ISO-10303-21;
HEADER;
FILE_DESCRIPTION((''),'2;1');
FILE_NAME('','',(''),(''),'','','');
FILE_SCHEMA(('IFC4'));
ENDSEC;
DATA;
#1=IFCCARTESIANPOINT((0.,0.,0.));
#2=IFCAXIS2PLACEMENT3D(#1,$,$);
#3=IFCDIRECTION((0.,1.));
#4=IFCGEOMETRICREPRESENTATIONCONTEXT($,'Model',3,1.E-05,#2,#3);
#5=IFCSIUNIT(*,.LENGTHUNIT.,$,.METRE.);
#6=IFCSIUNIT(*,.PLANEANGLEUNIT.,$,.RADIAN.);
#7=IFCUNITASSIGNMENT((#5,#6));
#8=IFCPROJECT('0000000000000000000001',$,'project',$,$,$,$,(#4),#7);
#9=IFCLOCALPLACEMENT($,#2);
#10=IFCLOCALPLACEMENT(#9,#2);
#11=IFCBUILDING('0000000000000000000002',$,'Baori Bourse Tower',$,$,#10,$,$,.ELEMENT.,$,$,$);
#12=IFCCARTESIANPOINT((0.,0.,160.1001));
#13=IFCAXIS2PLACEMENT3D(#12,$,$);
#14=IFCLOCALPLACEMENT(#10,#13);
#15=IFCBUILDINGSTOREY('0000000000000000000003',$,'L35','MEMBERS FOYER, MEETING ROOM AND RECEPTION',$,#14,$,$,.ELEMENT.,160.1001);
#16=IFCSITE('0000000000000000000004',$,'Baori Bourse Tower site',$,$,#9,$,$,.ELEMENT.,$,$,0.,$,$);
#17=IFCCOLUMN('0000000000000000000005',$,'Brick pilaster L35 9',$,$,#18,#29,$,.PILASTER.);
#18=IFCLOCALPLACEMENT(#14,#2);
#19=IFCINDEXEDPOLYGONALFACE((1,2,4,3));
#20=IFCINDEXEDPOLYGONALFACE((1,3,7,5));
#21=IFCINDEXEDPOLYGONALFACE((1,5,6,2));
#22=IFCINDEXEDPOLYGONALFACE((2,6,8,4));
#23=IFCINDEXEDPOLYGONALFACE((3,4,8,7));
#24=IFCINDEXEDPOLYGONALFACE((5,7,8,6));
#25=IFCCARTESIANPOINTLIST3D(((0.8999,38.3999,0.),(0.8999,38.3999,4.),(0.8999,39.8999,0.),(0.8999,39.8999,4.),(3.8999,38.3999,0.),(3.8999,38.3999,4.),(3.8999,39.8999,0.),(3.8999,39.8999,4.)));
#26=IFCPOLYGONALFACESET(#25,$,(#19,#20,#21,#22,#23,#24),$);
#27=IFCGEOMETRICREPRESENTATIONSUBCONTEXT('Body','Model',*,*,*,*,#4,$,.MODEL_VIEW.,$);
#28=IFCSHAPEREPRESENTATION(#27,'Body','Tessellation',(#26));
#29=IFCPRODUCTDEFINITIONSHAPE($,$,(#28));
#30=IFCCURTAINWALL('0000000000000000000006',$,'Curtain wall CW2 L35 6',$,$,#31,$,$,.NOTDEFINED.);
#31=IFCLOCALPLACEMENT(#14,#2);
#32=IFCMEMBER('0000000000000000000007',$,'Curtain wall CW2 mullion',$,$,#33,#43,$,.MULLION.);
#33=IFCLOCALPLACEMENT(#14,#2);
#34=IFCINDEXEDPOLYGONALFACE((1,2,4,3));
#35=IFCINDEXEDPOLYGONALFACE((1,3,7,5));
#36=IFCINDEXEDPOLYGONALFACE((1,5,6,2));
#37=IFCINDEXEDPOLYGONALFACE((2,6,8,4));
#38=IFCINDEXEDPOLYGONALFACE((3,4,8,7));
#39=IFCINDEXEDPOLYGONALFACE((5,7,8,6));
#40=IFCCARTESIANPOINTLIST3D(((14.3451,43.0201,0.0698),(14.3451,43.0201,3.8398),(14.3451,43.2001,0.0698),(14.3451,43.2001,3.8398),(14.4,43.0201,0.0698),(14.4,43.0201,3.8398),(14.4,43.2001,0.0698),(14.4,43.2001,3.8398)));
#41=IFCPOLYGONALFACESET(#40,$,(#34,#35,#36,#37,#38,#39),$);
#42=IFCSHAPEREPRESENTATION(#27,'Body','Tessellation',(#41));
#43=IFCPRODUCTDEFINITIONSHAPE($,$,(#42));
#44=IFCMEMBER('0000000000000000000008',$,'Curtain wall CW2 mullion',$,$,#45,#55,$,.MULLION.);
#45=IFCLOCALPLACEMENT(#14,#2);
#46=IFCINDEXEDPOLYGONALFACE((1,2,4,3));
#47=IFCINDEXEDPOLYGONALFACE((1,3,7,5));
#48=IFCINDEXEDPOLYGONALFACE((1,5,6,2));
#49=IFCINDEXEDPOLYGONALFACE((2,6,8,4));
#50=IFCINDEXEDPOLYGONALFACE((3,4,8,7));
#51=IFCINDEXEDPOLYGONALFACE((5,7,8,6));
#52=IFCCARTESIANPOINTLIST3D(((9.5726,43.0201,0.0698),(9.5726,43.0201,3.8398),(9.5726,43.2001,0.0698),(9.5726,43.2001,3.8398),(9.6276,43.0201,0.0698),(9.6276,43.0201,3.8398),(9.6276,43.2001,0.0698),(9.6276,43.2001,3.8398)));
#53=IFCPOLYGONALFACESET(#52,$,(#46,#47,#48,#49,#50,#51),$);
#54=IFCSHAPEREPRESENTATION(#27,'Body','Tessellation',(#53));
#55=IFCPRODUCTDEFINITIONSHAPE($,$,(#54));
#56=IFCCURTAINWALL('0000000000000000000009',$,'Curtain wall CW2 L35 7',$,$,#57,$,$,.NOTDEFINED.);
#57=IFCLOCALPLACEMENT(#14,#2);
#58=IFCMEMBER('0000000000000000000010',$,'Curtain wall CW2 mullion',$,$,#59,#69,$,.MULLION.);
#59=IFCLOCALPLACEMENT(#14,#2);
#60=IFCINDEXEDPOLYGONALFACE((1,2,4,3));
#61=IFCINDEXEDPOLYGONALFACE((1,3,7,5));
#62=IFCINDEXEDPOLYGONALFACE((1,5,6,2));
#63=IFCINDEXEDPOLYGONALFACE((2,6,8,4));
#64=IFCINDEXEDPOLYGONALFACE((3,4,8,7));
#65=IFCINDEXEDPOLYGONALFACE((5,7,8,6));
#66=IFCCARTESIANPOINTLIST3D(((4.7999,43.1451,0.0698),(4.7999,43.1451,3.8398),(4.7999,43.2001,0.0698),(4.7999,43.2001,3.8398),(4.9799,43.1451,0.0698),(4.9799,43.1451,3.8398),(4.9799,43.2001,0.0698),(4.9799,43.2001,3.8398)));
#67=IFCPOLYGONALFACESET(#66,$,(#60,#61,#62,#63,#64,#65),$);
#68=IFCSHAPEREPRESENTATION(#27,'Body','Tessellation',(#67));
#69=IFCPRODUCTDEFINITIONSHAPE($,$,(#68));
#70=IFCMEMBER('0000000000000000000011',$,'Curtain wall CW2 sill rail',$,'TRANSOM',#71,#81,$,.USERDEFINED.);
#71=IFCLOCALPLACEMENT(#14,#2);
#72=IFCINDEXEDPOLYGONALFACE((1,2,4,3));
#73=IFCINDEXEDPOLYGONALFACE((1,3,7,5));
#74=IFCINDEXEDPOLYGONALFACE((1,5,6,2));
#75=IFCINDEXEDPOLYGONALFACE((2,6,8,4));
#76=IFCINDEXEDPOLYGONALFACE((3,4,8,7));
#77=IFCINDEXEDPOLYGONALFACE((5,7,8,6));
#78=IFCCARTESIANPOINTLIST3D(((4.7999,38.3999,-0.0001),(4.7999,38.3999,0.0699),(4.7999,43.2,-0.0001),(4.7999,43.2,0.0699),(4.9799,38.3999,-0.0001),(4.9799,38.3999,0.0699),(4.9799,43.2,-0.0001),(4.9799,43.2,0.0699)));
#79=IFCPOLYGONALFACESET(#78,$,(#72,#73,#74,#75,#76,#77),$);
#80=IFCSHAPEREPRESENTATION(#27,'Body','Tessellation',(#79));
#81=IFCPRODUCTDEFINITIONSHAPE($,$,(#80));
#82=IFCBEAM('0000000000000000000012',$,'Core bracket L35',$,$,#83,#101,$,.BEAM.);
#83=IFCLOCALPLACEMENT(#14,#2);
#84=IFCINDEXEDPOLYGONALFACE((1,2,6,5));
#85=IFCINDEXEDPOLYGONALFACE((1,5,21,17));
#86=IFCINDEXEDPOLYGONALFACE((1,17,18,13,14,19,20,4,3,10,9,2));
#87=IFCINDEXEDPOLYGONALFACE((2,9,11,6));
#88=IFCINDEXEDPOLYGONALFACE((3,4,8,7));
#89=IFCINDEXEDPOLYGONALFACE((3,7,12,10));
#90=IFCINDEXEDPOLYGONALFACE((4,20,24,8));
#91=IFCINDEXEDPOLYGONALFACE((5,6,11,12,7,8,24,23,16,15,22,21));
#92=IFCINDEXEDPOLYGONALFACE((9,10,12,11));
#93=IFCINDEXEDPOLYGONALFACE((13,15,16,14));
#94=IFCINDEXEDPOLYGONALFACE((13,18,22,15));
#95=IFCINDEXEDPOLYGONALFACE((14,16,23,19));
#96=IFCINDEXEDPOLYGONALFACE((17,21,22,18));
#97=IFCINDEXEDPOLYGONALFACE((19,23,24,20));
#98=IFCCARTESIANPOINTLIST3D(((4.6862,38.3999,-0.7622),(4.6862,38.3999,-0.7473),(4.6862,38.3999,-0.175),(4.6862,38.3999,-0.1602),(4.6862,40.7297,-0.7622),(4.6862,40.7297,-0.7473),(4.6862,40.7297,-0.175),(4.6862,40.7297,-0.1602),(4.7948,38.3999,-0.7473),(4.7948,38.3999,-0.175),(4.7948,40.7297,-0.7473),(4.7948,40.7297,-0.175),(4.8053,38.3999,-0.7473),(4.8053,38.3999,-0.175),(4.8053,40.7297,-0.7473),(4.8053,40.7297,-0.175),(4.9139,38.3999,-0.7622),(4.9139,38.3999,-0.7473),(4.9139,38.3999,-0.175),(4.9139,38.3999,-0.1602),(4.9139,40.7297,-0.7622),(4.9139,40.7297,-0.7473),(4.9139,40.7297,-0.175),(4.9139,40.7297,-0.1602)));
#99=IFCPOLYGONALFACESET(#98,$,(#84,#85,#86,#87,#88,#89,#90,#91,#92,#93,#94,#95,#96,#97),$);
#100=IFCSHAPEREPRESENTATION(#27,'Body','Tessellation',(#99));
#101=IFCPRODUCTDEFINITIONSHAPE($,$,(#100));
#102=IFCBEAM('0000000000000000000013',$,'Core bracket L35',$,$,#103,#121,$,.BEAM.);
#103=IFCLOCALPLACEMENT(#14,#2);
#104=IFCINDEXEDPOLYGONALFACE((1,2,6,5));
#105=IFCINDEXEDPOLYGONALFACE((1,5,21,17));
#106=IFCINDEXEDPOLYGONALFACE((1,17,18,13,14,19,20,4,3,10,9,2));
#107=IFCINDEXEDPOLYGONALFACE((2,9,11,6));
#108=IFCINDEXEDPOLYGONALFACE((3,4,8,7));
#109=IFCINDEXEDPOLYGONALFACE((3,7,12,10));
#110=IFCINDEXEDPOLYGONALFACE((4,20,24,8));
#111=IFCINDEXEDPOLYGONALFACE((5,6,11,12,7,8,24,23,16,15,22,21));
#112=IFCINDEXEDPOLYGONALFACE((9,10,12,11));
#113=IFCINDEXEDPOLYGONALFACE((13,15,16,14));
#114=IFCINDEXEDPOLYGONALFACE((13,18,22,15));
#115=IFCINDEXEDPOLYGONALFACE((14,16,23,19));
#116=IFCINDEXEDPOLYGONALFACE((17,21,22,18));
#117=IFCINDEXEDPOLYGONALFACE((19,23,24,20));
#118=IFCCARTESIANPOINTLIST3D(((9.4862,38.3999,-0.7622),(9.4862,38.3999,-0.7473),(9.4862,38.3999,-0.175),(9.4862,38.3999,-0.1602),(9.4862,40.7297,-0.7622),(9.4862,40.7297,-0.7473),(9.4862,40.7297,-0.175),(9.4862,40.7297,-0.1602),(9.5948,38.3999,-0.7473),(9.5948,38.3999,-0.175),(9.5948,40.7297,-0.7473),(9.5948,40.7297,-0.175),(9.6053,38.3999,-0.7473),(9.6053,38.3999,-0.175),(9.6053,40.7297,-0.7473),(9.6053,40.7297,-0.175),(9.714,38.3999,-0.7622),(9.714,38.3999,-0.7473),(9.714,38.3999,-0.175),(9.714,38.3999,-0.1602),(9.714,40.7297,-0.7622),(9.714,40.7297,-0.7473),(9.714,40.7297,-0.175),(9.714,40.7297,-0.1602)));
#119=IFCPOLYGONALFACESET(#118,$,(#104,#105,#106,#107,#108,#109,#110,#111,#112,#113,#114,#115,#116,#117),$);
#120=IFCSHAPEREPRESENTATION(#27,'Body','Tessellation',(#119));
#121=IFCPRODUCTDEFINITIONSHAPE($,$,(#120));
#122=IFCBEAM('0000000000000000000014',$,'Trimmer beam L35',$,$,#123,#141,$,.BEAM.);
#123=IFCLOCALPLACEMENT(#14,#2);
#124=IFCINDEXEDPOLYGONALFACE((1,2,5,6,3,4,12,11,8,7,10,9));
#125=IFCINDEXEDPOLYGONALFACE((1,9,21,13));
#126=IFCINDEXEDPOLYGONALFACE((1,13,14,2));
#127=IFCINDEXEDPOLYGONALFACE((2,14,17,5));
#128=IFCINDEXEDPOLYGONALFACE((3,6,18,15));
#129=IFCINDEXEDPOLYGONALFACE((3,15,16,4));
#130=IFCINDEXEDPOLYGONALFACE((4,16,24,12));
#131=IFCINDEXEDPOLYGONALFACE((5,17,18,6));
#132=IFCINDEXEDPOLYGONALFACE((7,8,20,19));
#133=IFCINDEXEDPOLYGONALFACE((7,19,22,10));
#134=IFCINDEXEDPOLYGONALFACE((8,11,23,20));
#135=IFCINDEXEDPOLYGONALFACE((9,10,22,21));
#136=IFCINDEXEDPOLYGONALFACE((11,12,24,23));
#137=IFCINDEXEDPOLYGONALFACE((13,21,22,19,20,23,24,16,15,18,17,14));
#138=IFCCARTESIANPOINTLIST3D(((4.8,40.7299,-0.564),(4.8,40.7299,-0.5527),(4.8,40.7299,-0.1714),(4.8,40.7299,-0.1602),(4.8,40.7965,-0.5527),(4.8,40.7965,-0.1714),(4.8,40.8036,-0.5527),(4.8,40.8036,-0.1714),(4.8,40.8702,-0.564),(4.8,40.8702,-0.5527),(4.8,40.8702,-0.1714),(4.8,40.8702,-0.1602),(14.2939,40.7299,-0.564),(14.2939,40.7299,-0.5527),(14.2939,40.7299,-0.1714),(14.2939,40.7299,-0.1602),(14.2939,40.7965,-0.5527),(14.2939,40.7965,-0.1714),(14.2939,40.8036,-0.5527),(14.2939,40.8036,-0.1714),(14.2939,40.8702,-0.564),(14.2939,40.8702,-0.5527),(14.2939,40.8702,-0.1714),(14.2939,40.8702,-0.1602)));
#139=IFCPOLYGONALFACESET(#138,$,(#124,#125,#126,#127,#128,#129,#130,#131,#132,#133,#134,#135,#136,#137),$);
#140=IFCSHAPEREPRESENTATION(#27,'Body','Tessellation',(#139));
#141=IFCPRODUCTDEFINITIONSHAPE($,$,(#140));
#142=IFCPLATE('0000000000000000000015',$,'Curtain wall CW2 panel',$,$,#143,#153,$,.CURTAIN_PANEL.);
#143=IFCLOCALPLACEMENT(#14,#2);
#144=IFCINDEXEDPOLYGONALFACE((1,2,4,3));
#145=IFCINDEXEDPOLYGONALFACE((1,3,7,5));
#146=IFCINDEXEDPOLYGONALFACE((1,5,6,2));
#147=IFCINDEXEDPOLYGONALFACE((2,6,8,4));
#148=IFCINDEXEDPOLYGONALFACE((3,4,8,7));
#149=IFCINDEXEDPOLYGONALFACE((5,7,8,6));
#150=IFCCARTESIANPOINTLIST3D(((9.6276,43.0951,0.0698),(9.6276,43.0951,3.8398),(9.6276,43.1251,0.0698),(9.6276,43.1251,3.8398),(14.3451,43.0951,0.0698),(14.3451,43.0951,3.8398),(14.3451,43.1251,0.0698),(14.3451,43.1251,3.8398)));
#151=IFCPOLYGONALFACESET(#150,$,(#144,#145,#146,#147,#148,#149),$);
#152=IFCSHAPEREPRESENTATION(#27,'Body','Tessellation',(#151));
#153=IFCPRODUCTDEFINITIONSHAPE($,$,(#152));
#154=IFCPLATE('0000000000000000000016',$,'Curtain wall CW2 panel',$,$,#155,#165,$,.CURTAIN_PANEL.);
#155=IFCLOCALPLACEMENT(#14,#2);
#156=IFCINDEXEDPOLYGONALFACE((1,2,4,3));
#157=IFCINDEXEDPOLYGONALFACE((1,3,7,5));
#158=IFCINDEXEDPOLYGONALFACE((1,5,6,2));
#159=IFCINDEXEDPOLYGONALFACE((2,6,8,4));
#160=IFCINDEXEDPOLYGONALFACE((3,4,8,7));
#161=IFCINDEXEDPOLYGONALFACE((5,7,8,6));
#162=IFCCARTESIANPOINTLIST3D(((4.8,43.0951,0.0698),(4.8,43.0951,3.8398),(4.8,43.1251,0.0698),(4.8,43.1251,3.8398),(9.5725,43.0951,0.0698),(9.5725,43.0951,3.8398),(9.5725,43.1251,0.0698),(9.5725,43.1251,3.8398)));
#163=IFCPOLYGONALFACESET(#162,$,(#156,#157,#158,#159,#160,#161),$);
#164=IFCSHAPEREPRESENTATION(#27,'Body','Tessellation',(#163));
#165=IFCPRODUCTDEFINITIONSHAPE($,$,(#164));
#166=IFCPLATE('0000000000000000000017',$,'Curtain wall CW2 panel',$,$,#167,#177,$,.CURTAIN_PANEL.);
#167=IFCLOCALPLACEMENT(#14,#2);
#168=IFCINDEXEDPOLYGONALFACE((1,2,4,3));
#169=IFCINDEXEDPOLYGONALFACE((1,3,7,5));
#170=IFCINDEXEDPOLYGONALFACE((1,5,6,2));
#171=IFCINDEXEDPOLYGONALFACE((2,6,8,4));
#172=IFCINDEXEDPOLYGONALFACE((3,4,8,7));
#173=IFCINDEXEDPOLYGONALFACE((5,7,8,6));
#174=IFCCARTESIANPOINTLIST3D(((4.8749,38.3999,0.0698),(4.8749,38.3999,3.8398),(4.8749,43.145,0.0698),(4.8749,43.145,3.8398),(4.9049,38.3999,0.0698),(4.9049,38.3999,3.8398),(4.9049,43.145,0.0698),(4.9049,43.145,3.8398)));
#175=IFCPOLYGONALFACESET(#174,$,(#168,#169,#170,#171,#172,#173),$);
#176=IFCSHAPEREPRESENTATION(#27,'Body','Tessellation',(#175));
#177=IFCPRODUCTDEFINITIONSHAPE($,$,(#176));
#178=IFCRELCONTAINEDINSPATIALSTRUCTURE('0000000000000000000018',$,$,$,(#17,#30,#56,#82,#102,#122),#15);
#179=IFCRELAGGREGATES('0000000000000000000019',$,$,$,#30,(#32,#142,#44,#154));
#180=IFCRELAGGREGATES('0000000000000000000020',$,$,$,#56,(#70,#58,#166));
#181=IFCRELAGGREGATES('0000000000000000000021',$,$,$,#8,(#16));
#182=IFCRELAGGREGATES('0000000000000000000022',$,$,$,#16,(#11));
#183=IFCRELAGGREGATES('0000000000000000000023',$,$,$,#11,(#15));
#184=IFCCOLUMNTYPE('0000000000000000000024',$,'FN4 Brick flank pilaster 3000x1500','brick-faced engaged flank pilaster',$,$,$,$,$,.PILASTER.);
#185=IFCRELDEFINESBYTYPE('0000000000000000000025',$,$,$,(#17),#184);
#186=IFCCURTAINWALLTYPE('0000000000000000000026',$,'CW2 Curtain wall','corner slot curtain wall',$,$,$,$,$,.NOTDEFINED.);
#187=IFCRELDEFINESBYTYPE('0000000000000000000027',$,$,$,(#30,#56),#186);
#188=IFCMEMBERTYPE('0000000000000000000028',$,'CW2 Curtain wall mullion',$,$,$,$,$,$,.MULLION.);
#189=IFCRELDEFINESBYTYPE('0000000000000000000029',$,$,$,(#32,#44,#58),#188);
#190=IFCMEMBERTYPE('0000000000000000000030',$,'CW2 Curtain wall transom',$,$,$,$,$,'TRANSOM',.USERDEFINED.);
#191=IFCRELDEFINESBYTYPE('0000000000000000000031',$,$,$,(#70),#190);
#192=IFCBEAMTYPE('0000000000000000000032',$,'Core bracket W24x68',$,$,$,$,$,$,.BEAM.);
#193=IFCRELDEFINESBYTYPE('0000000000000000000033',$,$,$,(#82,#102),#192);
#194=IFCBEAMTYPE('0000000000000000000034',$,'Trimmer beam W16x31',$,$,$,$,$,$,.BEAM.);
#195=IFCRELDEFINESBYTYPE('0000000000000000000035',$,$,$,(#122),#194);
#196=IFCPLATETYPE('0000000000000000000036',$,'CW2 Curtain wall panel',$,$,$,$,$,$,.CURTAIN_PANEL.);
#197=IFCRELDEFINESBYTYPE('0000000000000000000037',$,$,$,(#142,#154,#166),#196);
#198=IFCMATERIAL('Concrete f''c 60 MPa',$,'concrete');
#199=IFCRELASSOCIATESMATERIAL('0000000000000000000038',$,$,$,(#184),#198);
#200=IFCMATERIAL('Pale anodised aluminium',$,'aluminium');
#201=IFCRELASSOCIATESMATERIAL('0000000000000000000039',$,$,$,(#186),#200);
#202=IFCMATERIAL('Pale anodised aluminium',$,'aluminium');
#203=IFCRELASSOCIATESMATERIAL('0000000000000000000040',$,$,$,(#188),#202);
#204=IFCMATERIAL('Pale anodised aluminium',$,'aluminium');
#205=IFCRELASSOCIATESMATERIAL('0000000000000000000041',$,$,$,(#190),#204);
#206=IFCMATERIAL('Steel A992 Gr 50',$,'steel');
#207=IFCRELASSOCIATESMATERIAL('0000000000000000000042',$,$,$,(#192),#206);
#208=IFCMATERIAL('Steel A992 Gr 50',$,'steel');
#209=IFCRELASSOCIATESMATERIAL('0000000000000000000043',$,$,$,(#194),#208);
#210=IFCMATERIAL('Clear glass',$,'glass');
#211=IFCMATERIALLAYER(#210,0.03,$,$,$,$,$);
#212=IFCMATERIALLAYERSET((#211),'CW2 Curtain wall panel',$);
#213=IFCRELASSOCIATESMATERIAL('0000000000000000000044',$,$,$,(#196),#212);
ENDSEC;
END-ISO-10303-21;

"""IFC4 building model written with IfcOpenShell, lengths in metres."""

from ifc_helpers import new_model, si_unit, direction, frame, origin, origin_2d, place, context, subcontext, project, spatial, rectangle, i_section, extrude, material, layer, layer_set, material_profile, profile_set, type_object, element, aggregate, save


model = new_model("IFC4")

# Units and contexts
model_context = context("Model", 3, precision=1e-05, world=origin(), true_north=direction((0.0, 1.0)))
body_context = subcontext(model_context, "Body", "Model", "MODEL_VIEW")
ifc_project = project(units=[si_unit("LENGTHUNIT", "METRE"), si_unit("PLANEANGLEUNIT", "RADIAN")], contexts=[model_context])

# Site, building, storey
site_placement = place(None, origin())
site = spatial("IfcSite", under=ifc_project, at=site_placement, Name="Baori Bourse Tower site", CompositionType="ELEMENT", RefElevation=0.0)
building_placement = place(site_placement, origin())
building = spatial("IfcBuilding", under=site, at=building_placement, Name="Baori Bourse Tower", CompositionType="ELEMENT")
storey_placement = place(building_placement, frame((0.0, 0.0, 160.1001)))
storey = spatial("IfcBuildingStorey", under=building, at=storey_placement, Name="L35", Description="MEMBERS FOYER, MEETING ROOM AND RECEPTION", CompositionType="ELEMENT", Elevation=160.1001)

# Column
ifc_material_1 = material(Name="Concrete f'c 60 MPa", Category="concrete")
ifc_material_profile_1 = material_profile(ifc_material_1, rectangle(XDim=3.0, YDim=1.5, at=origin_2d()), Name="RC 3000x1500")
ifc_profile_set_1 = profile_set([ifc_material_profile_1], Name="Concrete f'c 60 MPa")
column_type = type_object("IfcColumnType", Name="FN4 Brick flank pilaster 3000x1500", Description="brick-faced engaged flank pilaster", PredefinedType="PILASTER", material=ifc_profile_set_1)
column_placement = place(storey_placement, frame((2.3999, 39.1499, 0.0), z_axis=(0.0, 0.0, 1.0), x_axis=(1.0, 0.0, 0.0)))
element("IfcColumn", 1, at=column_placement, inside=storey, type_object=column_type, Name="Brick pilaster L35 9", PredefinedType="PILASTER", context=body_context, shape_type="SweptSolid", body=[
    extrude(rectangle(XDim=3.0, YDim=1.5, at=origin_2d()), origin(), (0.0, 0.0, 1.0), 4.0),
])

# Curtain walls, members
ifc_material_2 = material(Name="Pale anodised aluminium", Category="aluminium")
curtain_wall_type = type_object("IfcCurtainWallType", Name="CW2 Curtain wall", Description="corner slot curtain wall", PredefinedType="NOTDEFINED", material=ifc_material_2)
curtain_wall_1_placement = place(storey_placement, origin())
curtain_wall_1 = element("IfcCurtainWall", 2, at=curtain_wall_1_placement, inside=storey, type_object=curtain_wall_type, Name="Curtain wall CW2 L35 6", PredefinedType="NOTDEFINED")
ifc_material_3 = material(Name="Pale anodised aluminium", Category="aluminium")
ifc_material_profile_2 = material_profile(ifc_material_3, rectangle(XDim=0.1799, YDim=0.0549, at=origin_2d()), Name="Mullion 55x180")
ifc_profile_set_2 = profile_set([ifc_material_profile_2], Name="Pale anodised aluminium")
member_type_1 = type_object("IfcMemberType", Name="CW2 Curtain wall mullion", PredefinedType="MULLION", material=ifc_profile_set_2)
member_1_placement = place(storey_placement, frame((14.3726, 43.1101, 0.0698), z_axis=(0.0, 0.0, 1.0), x_axis=(0.0, -1.0, 0.0)))
member_1 = element("IfcMember", 3, at=member_1_placement, type_object=member_type_1, Name="Curtain wall CW2 mullion", PredefinedType="MULLION", context=body_context, shape_type="SweptSolid", body=[
    extrude(rectangle(XDim=0.1799, YDim=0.0549, at=origin_2d()), origin(), (0.0, 0.0, 1.0), 3.77),
])
member_2_placement = place(storey_placement, frame((9.6001, 43.1101, 0.0698), z_axis=(0.0, 0.0, 1.0), x_axis=(0.0, -1.0, 0.0)))
member_2 = element("IfcMember", 4, at=member_2_placement, type_object=member_type_1, Name="Curtain wall CW2 mullion", PredefinedType="MULLION", context=body_context, shape_type="SweptSolid", body=[
    extrude(rectangle(XDim=0.1799, YDim=0.0549, at=origin_2d()), origin(), (0.0, 0.0, 1.0), 3.77),
])
curtain_wall_2_placement = place(storey_placement, origin())
curtain_wall_2 = element("IfcCurtainWall", 5, at=curtain_wall_2_placement, inside=storey, type_object=curtain_wall_type, Name="Curtain wall CW2 L35 7", PredefinedType="NOTDEFINED")
member_3_placement = place(storey_placement, frame((4.8899, 43.1726, 0.0698), z_axis=(0.0, 0.0, 1.0), x_axis=(1.0, 0.0, 0.0)))
member_3 = element("IfcMember", 6, at=member_3_placement, type_object=member_type_1, Name="Curtain wall CW2 mullion", PredefinedType="MULLION", context=body_context, shape_type="SweptSolid", body=[
    extrude(rectangle(XDim=0.1799, YDim=0.0549, at=origin_2d()), origin(), (0.0, 0.0, 1.0), 3.77),
])
ifc_material_4 = material(Name="Pale anodised aluminium", Category="aluminium")
ifc_material_profile_3 = material_profile(ifc_material_4, rectangle(XDim=0.1799, YDim=0.0701, at=origin_2d()), Name="Transom 70x180")
ifc_profile_set_3 = profile_set([ifc_material_profile_3], Name="Pale anodised aluminium")
member_type_2 = type_object("IfcMemberType", Name="CW2 Curtain wall transom", ElementType="TRANSOM", PredefinedType="USERDEFINED", material=ifc_profile_set_3)
member_4_placement = place(storey_placement, frame((4.8899, 43.2, 0.0349), z_axis=(0.0, -1.0, 0.0), x_axis=(1.0, 0.0, 0.0)))
member_4 = element("IfcMember", 7, at=member_4_placement, type_object=member_type_2, Name="Curtain wall CW2 sill rail", ObjectType="TRANSOM", PredefinedType="USERDEFINED", context=body_context, shape_type="SweptSolid", body=[
    extrude(rectangle(XDim=0.1799, YDim=0.0701, at=origin_2d()), origin(), (0.0, 0.0, 1.0), 4.8),
])

# Beams
ifc_material_5 = material(Name="Steel A992 Gr 50", Category="steel")
ifc_material_profile_4 = material_profile(ifc_material_5, i_section(OverallWidth=0.2278, OverallDepth=0.6021, WebThickness=0.0105, FlangeThickness=0.0149, at=origin_2d()), Name="W24x68")
ifc_profile_set_4 = profile_set([ifc_material_profile_4], Name="Steel A992 Gr 50")
beam_type_1 = type_object("IfcBeamType", Name="Core bracket W24x68", PredefinedType="BEAM", material=ifc_profile_set_4)
for number, where, z_axis, x_axis, name in (
    (8, (4.8, 38.3999, -0.4612), (0.0, 1.0, 0.0), (-1.0, 0.0, 0.0), "Core bracket L35"),
    (9, (9.6001, 38.3999, -0.4612), (0.0, 1.0, 0.0), (-1.0, 0.0, 0.0), "Core bracket L35"),
):
    element("IfcBeam", number, at=place(storey_placement, frame(where, z_axis=z_axis, x_axis=x_axis)), inside=storey, type_object=beam_type_1, Name=name, PredefinedType="BEAM", context=body_context, shape_type="SweptSolid", body=[
        extrude(i_section(OverallWidth=0.2278, OverallDepth=0.6021, WebThickness=0.0105, FlangeThickness=0.0149, at=origin_2d()), origin(), (0.0, 0.0, 1.0), 2.3298),
    ])
ifc_material_6 = material(Name="Steel A992 Gr 50", Category="steel")
ifc_material_profile_5 = material_profile(ifc_material_6, i_section(OverallWidth=0.1404, OverallDepth=0.4038, WebThickness=0.0071, FlangeThickness=0.0112, at=origin_2d()), Name="W16x31")
ifc_profile_set_5 = profile_set([ifc_material_profile_5], Name="Steel A992 Gr 50")
beam_type_2 = type_object("IfcBeamType", Name="Trimmer beam W16x31", PredefinedType="BEAM", material=ifc_profile_set_5)
beam_placement = place(storey_placement, frame((4.8, 40.8, -0.3621), z_axis=(1.0, 0.0, 0.0), x_axis=(0.0, 1.0, 0.0)))
element("IfcBeam", 10, at=beam_placement, inside=storey, type_object=beam_type_2, Name="Trimmer beam L35", PredefinedType="BEAM", context=body_context, shape_type="SweptSolid", body=[
    extrude(i_section(OverallWidth=0.1404, OverallDepth=0.4038, WebThickness=0.0071, FlangeThickness=0.0112, at=origin_2d()), origin(), (0.0, 0.0, 1.0), 9.4939),
])

# Plates
ifc_material_7 = material(Name="Clear glass", Category="glass")
ifc_layer_1 = layer(ifc_material_7, 0.03)
ifc_layer_set_1 = layer_set([ifc_layer_1], Name="CW2 Curtain wall panel")
plate_type = type_object("IfcPlateType", Name="CW2 Curtain wall panel", PredefinedType="CURTAIN_PANEL", material=ifc_layer_set_1)
plate_1_placement = place(storey_placement, frame((11.9863, 43.1101, 0.0698), z_axis=(0.0, 0.0, 1.0), x_axis=(-1.0, 0.0, 0.0)))
plate_1 = element("IfcPlate", 11, at=plate_1_placement, type_object=plate_type, Name="Curtain wall CW2 panel", PredefinedType="CURTAIN_PANEL", context=body_context, shape_type="SweptSolid", body=[
    extrude(rectangle(XDim=4.7175, YDim=0.03, at=origin_2d()), origin(), (0.0, 0.0, 1.0), 3.77),
])
plate_2_placement = place(storey_placement, frame((7.1863, 43.1101, 0.0698), z_axis=(0.0, 0.0, 1.0), x_axis=(-1.0, 0.0, 0.0)))
plate_2 = element("IfcPlate", 12, at=plate_2_placement, type_object=plate_type, Name="Curtain wall CW2 panel", PredefinedType="CURTAIN_PANEL", context=body_context, shape_type="SweptSolid", body=[
    extrude(rectangle(XDim=4.7725, YDim=0.03, at=origin_2d()), origin(), (0.0, 0.0, 1.0), 3.77),
])
aggregate(curtain_wall_1, [member_1, plate_1, member_2, plate_2])
plate_3_placement = place(storey_placement, frame((4.8899, 40.7725, 0.0698), z_axis=(0.0, 0.0, 1.0), x_axis=(0.0, -1.0, 0.0)))
plate_3 = element("IfcPlate", 13, at=plate_3_placement, type_object=plate_type, Name="Curtain wall CW2 panel", PredefinedType="CURTAIN_PANEL", context=body_context, shape_type="SweptSolid", body=[
    extrude(rectangle(XDim=4.7451, YDim=0.03, at=origin_2d()), origin(), (0.0, 0.0, 1.0), 3.77),
])
aggregate(curtain_wall_2, [member_4, member_3, plate_3])

save(model, "model.ifc")
